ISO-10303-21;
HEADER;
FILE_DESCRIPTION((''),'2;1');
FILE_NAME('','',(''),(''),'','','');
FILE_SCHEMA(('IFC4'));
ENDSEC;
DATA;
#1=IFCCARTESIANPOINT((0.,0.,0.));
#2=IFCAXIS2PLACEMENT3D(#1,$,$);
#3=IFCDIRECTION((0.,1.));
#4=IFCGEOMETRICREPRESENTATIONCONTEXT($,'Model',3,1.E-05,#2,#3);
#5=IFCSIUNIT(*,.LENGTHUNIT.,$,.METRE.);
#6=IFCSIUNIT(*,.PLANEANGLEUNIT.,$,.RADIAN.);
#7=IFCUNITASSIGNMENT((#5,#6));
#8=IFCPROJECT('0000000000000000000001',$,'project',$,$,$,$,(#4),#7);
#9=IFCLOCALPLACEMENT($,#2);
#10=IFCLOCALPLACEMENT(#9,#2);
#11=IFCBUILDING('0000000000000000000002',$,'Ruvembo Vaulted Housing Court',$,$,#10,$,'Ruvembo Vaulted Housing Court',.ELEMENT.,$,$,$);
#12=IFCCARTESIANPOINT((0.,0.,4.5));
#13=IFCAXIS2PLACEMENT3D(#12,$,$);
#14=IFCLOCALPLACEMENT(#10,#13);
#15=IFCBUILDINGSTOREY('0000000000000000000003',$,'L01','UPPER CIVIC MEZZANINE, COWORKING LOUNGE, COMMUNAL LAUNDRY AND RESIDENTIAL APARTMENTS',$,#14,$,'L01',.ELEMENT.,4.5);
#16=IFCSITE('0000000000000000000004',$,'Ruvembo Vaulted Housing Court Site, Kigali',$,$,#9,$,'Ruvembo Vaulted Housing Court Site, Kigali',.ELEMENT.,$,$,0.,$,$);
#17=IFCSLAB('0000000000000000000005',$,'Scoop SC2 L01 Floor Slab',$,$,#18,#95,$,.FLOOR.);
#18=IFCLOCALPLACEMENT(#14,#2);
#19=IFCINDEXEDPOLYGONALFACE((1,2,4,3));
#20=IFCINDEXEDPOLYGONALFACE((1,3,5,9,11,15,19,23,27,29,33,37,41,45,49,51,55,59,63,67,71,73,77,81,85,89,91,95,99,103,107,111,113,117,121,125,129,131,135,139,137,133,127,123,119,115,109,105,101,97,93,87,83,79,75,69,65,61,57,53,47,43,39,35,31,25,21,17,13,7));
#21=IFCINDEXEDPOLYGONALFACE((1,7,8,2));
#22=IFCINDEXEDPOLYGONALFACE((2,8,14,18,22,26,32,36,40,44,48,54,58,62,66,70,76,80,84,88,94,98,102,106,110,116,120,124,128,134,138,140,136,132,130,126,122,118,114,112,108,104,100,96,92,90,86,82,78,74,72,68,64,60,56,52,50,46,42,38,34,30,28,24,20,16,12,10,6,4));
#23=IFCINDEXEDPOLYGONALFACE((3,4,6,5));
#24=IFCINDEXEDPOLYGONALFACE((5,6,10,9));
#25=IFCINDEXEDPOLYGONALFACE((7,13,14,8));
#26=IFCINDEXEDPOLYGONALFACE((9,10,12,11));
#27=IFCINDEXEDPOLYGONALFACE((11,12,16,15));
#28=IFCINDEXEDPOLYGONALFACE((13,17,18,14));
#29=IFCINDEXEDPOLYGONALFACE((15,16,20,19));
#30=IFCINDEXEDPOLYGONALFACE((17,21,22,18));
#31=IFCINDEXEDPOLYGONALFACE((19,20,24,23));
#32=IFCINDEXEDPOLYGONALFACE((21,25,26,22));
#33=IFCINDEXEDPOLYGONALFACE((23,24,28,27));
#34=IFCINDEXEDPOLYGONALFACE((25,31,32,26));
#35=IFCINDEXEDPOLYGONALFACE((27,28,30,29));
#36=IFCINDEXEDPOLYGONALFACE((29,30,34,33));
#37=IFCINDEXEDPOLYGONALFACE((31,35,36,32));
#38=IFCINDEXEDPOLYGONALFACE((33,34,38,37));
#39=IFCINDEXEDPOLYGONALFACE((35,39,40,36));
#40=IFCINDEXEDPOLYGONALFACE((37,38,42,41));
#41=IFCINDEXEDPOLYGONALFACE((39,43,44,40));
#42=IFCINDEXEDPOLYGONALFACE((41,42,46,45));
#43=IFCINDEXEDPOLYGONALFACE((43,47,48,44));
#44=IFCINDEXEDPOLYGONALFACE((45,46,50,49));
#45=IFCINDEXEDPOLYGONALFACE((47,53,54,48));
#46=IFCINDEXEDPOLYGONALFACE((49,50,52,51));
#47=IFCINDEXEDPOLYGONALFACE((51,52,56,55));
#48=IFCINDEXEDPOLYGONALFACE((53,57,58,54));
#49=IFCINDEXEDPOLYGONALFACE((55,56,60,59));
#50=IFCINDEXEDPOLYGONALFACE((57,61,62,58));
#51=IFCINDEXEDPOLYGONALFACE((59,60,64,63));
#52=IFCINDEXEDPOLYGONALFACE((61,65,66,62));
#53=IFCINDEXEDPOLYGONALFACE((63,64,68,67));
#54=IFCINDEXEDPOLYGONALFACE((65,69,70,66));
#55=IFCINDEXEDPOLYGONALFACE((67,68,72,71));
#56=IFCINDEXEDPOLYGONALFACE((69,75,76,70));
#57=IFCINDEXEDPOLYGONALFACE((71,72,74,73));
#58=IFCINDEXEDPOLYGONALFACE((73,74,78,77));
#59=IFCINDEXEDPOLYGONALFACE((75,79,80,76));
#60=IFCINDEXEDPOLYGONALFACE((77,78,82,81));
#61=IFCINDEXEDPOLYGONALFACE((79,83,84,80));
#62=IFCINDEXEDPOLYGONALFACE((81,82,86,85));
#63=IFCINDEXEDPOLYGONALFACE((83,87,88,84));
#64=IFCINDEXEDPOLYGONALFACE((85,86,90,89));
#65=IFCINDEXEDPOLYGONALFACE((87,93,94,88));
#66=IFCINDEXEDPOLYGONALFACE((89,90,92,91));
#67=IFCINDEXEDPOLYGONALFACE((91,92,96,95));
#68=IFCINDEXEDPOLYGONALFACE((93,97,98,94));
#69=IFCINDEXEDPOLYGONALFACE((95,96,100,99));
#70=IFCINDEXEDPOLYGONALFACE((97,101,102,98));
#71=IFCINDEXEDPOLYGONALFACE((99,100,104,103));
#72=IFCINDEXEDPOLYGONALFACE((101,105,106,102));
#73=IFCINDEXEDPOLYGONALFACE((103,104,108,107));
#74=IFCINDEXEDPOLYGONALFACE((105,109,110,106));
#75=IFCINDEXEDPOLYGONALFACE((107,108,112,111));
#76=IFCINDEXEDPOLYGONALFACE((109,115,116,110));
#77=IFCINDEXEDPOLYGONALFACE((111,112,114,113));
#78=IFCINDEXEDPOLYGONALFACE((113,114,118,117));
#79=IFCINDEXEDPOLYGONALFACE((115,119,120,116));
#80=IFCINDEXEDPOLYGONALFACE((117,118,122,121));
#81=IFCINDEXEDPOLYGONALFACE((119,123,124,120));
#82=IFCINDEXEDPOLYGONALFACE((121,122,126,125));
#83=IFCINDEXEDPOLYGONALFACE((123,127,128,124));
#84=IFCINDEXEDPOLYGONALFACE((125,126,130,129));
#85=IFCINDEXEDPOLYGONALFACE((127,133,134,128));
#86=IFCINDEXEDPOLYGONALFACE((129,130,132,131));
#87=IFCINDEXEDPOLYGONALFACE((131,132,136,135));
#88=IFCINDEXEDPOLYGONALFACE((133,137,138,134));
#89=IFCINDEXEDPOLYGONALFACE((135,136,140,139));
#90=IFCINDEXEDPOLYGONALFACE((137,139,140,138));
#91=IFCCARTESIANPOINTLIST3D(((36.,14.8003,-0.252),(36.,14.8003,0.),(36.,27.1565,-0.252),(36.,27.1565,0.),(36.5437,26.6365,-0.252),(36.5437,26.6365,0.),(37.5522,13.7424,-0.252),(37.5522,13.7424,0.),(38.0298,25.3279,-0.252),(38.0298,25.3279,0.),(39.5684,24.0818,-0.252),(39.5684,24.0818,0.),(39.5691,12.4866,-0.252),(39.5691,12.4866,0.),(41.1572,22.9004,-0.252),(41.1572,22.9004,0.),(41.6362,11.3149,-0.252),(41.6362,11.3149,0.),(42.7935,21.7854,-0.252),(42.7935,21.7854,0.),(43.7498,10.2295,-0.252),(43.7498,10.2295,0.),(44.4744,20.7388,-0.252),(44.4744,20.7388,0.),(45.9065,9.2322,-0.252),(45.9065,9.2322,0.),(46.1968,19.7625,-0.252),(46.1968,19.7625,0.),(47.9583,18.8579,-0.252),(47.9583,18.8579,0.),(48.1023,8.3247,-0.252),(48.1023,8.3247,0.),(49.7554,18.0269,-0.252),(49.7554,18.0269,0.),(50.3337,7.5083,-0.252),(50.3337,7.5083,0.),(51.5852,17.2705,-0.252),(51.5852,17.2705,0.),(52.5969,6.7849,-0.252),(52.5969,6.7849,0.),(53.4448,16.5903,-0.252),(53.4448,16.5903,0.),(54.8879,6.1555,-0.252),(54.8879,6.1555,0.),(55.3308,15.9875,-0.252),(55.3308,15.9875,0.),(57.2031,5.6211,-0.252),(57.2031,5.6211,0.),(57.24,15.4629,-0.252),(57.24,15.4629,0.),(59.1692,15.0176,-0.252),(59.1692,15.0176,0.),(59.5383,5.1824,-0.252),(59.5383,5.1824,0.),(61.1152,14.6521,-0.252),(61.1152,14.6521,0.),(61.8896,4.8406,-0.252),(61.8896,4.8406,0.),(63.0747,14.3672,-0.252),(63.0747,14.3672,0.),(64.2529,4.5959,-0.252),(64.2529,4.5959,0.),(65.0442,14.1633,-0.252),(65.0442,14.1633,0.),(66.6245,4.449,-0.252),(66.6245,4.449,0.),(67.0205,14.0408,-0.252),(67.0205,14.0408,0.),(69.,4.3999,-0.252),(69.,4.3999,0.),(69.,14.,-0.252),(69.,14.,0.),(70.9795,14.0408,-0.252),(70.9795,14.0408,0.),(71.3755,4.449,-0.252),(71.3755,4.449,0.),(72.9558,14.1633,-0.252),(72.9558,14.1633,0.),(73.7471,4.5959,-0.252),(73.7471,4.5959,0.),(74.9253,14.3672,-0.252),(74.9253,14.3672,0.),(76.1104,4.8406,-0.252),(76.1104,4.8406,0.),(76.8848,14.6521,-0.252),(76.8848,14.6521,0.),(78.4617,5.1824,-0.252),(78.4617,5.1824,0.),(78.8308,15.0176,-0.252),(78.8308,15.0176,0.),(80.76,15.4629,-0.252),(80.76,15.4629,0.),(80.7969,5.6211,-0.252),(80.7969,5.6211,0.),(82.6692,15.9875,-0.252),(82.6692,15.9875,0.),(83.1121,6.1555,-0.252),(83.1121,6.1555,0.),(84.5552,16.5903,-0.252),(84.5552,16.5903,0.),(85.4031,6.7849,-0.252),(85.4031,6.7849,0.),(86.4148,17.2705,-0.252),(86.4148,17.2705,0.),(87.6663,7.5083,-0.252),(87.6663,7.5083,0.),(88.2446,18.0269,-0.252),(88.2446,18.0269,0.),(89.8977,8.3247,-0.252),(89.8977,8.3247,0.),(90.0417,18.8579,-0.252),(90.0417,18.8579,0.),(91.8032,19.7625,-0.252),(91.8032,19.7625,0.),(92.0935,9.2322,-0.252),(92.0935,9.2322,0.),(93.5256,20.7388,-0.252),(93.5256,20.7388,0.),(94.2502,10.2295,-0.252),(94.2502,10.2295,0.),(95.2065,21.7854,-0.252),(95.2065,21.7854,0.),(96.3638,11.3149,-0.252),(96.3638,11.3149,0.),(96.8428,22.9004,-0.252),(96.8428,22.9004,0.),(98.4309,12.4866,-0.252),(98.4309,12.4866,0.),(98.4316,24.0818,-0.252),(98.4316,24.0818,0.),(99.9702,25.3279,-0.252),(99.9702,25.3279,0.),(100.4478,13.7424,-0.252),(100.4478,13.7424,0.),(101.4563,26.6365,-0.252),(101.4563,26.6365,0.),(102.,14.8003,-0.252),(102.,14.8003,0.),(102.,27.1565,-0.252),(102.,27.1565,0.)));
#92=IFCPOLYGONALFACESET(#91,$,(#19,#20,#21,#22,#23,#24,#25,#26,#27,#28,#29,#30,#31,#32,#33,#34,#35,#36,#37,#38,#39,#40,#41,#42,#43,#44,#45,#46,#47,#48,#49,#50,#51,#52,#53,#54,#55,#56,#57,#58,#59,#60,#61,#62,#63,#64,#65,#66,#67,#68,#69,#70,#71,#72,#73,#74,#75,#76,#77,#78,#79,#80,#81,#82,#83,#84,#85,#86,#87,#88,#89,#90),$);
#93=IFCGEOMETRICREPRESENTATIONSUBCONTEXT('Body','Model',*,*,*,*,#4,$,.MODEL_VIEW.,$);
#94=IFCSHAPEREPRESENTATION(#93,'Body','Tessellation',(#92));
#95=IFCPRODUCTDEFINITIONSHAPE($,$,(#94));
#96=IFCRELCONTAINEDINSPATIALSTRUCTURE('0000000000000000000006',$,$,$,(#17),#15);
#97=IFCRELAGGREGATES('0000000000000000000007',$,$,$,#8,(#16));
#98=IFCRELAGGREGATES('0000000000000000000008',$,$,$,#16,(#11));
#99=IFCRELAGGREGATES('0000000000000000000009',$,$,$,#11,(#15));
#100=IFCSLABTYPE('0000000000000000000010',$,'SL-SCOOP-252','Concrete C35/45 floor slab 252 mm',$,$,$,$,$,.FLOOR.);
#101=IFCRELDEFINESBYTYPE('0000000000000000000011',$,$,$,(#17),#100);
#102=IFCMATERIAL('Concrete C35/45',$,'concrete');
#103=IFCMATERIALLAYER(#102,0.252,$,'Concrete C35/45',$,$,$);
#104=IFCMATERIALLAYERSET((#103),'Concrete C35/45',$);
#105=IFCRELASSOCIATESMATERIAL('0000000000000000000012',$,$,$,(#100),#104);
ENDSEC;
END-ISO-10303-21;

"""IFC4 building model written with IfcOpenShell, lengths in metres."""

from ifc_helpers import new_model, si_unit, direction, frame, origin, place, context, subcontext, project, spatial, polyline, outline, extrude, material, layer, layer_set, type_object, element, save


model = new_model("IFC4")

# Units and contexts
model_context = context("Model", 3, precision=1e-05, world=origin(), true_north=direction((0.0, 1.0)))
body_context = subcontext(model_context, "Body", "Model", "MODEL_VIEW")
ifc_project = project(units=[si_unit("LENGTHUNIT", "METRE"), si_unit("PLANEANGLEUNIT", "RADIAN")], contexts=[model_context])

# Site, building, storey
site_placement = place(None, origin())
site = spatial("IfcSite", under=ifc_project, at=site_placement, Name="Ruvembo Vaulted Housing Court Site, Kigali", LongName="Ruvembo Vaulted Housing Court Site, Kigali", CompositionType="ELEMENT", RefElevation=0.0)
building_placement = place(site_placement, origin())
building = spatial("IfcBuilding", under=site, at=building_placement, Name="Ruvembo Vaulted Housing Court", LongName="Ruvembo Vaulted Housing Court", CompositionType="ELEMENT")
storey_placement = place(building_placement, frame((0.0, 0.0, 4.5)))
storey = spatial("IfcBuildingStorey", under=building, at=storey_placement, Name="L01", Description="UPPER CIVIC MEZZANINE, COWORKING LOUNGE, COMMUNAL LAUNDRY AND RESIDENTIAL APARTMENTS", LongName="L01", CompositionType="ELEMENT", Elevation=4.5)

# Slab
ifc_material_1 = material(Name="Concrete C35/45", Category="concrete")
ifc_layer_1 = layer(ifc_material_1, 0.252, Name="Concrete C35/45")
ifc_layer_set_1 = layer_set([ifc_layer_1], Name="Concrete C35/45")
slab_type_1 = type_object("IfcSlabType", Name="SL-SCOOP-252", Description="Concrete C35/45 floor slab 252 mm", PredefinedType="FLOOR", material=ifc_layer_set_1)
slab_1_placement = place(storey_placement, frame((0.0, 0.0, -0.252)))
element("IfcSlab", 1, at=slab_1_placement, inside=storey, type_object=slab_type_1, Name="Scoop SC2 L01 Floor Slab", PredefinedType="FLOOR", context=body_context, shape_type="SweptSolid", body=[
    extrude(outline(polyline([(36.0, 27.1565), (36.0, 14.8003), (37.5522, 13.7424), (39.5691, 12.4866), (41.6362, 11.3149), (43.7498, 10.2295), (45.9065, 9.2322), (48.1023, 8.3247), (50.3337, 7.5083), (52.5969, 6.7849), (54.8879, 6.1555), (57.2031, 5.6211), (59.5383, 5.1824), (61.8896, 4.8406), (64.2529, 4.5959), (66.6245, 4.449), (69.0, 4.3999), (71.3755, 4.449), (73.7471, 4.5959), (76.1104, 4.8406), (78.4617, 5.1824), (80.7969, 5.6211), (83.1121, 6.1555), (85.4031, 6.7849), (87.6663, 7.5083), (89.8977, 8.3247), (92.0935, 9.2322), (94.2502, 10.2295), (96.3638, 11.3149), (98.4309, 12.4866), (100.4478, 13.7424), (102.0, 14.8003), (102.0, 27.1565), (101.4563, 26.6365), (99.9702, 25.3279), (98.4316, 24.0818), (96.8428, 22.9004), (95.2065, 21.7854), (93.5256, 20.7388), (91.8032, 19.7625), (90.0417, 18.8579), (88.2446, 18.0269), (86.4148, 17.2705), (84.5552, 16.5903), (82.6692, 15.9875), (80.76, 15.4629), (78.8308, 15.0176), (76.8848, 14.6521), (74.9253, 14.3672), (72.9558, 14.1633), (70.9795, 14.0408), (69.0, 14.0), (67.0205, 14.0408), (65.0442, 14.1633), (63.0747, 14.3672), (61.1152, 14.6521), (59.1692, 15.0176), (57.24, 15.4629), (55.3308, 15.9875), (53.4448, 16.5903), (51.5852, 17.2705), (49.7554, 18.0269), (47.9583, 18.8579), (46.1968, 19.7625), (44.4744, 20.7388), (42.7935, 21.7854), (41.1572, 22.9004), (39.5684, 24.0818), (38.0298, 25.3279), (36.5437, 26.6365), (36.0, 27.1565)])), origin(), (0.0, 0.0, 1.0), 0.252),
])

save(model, "model.ifc")
